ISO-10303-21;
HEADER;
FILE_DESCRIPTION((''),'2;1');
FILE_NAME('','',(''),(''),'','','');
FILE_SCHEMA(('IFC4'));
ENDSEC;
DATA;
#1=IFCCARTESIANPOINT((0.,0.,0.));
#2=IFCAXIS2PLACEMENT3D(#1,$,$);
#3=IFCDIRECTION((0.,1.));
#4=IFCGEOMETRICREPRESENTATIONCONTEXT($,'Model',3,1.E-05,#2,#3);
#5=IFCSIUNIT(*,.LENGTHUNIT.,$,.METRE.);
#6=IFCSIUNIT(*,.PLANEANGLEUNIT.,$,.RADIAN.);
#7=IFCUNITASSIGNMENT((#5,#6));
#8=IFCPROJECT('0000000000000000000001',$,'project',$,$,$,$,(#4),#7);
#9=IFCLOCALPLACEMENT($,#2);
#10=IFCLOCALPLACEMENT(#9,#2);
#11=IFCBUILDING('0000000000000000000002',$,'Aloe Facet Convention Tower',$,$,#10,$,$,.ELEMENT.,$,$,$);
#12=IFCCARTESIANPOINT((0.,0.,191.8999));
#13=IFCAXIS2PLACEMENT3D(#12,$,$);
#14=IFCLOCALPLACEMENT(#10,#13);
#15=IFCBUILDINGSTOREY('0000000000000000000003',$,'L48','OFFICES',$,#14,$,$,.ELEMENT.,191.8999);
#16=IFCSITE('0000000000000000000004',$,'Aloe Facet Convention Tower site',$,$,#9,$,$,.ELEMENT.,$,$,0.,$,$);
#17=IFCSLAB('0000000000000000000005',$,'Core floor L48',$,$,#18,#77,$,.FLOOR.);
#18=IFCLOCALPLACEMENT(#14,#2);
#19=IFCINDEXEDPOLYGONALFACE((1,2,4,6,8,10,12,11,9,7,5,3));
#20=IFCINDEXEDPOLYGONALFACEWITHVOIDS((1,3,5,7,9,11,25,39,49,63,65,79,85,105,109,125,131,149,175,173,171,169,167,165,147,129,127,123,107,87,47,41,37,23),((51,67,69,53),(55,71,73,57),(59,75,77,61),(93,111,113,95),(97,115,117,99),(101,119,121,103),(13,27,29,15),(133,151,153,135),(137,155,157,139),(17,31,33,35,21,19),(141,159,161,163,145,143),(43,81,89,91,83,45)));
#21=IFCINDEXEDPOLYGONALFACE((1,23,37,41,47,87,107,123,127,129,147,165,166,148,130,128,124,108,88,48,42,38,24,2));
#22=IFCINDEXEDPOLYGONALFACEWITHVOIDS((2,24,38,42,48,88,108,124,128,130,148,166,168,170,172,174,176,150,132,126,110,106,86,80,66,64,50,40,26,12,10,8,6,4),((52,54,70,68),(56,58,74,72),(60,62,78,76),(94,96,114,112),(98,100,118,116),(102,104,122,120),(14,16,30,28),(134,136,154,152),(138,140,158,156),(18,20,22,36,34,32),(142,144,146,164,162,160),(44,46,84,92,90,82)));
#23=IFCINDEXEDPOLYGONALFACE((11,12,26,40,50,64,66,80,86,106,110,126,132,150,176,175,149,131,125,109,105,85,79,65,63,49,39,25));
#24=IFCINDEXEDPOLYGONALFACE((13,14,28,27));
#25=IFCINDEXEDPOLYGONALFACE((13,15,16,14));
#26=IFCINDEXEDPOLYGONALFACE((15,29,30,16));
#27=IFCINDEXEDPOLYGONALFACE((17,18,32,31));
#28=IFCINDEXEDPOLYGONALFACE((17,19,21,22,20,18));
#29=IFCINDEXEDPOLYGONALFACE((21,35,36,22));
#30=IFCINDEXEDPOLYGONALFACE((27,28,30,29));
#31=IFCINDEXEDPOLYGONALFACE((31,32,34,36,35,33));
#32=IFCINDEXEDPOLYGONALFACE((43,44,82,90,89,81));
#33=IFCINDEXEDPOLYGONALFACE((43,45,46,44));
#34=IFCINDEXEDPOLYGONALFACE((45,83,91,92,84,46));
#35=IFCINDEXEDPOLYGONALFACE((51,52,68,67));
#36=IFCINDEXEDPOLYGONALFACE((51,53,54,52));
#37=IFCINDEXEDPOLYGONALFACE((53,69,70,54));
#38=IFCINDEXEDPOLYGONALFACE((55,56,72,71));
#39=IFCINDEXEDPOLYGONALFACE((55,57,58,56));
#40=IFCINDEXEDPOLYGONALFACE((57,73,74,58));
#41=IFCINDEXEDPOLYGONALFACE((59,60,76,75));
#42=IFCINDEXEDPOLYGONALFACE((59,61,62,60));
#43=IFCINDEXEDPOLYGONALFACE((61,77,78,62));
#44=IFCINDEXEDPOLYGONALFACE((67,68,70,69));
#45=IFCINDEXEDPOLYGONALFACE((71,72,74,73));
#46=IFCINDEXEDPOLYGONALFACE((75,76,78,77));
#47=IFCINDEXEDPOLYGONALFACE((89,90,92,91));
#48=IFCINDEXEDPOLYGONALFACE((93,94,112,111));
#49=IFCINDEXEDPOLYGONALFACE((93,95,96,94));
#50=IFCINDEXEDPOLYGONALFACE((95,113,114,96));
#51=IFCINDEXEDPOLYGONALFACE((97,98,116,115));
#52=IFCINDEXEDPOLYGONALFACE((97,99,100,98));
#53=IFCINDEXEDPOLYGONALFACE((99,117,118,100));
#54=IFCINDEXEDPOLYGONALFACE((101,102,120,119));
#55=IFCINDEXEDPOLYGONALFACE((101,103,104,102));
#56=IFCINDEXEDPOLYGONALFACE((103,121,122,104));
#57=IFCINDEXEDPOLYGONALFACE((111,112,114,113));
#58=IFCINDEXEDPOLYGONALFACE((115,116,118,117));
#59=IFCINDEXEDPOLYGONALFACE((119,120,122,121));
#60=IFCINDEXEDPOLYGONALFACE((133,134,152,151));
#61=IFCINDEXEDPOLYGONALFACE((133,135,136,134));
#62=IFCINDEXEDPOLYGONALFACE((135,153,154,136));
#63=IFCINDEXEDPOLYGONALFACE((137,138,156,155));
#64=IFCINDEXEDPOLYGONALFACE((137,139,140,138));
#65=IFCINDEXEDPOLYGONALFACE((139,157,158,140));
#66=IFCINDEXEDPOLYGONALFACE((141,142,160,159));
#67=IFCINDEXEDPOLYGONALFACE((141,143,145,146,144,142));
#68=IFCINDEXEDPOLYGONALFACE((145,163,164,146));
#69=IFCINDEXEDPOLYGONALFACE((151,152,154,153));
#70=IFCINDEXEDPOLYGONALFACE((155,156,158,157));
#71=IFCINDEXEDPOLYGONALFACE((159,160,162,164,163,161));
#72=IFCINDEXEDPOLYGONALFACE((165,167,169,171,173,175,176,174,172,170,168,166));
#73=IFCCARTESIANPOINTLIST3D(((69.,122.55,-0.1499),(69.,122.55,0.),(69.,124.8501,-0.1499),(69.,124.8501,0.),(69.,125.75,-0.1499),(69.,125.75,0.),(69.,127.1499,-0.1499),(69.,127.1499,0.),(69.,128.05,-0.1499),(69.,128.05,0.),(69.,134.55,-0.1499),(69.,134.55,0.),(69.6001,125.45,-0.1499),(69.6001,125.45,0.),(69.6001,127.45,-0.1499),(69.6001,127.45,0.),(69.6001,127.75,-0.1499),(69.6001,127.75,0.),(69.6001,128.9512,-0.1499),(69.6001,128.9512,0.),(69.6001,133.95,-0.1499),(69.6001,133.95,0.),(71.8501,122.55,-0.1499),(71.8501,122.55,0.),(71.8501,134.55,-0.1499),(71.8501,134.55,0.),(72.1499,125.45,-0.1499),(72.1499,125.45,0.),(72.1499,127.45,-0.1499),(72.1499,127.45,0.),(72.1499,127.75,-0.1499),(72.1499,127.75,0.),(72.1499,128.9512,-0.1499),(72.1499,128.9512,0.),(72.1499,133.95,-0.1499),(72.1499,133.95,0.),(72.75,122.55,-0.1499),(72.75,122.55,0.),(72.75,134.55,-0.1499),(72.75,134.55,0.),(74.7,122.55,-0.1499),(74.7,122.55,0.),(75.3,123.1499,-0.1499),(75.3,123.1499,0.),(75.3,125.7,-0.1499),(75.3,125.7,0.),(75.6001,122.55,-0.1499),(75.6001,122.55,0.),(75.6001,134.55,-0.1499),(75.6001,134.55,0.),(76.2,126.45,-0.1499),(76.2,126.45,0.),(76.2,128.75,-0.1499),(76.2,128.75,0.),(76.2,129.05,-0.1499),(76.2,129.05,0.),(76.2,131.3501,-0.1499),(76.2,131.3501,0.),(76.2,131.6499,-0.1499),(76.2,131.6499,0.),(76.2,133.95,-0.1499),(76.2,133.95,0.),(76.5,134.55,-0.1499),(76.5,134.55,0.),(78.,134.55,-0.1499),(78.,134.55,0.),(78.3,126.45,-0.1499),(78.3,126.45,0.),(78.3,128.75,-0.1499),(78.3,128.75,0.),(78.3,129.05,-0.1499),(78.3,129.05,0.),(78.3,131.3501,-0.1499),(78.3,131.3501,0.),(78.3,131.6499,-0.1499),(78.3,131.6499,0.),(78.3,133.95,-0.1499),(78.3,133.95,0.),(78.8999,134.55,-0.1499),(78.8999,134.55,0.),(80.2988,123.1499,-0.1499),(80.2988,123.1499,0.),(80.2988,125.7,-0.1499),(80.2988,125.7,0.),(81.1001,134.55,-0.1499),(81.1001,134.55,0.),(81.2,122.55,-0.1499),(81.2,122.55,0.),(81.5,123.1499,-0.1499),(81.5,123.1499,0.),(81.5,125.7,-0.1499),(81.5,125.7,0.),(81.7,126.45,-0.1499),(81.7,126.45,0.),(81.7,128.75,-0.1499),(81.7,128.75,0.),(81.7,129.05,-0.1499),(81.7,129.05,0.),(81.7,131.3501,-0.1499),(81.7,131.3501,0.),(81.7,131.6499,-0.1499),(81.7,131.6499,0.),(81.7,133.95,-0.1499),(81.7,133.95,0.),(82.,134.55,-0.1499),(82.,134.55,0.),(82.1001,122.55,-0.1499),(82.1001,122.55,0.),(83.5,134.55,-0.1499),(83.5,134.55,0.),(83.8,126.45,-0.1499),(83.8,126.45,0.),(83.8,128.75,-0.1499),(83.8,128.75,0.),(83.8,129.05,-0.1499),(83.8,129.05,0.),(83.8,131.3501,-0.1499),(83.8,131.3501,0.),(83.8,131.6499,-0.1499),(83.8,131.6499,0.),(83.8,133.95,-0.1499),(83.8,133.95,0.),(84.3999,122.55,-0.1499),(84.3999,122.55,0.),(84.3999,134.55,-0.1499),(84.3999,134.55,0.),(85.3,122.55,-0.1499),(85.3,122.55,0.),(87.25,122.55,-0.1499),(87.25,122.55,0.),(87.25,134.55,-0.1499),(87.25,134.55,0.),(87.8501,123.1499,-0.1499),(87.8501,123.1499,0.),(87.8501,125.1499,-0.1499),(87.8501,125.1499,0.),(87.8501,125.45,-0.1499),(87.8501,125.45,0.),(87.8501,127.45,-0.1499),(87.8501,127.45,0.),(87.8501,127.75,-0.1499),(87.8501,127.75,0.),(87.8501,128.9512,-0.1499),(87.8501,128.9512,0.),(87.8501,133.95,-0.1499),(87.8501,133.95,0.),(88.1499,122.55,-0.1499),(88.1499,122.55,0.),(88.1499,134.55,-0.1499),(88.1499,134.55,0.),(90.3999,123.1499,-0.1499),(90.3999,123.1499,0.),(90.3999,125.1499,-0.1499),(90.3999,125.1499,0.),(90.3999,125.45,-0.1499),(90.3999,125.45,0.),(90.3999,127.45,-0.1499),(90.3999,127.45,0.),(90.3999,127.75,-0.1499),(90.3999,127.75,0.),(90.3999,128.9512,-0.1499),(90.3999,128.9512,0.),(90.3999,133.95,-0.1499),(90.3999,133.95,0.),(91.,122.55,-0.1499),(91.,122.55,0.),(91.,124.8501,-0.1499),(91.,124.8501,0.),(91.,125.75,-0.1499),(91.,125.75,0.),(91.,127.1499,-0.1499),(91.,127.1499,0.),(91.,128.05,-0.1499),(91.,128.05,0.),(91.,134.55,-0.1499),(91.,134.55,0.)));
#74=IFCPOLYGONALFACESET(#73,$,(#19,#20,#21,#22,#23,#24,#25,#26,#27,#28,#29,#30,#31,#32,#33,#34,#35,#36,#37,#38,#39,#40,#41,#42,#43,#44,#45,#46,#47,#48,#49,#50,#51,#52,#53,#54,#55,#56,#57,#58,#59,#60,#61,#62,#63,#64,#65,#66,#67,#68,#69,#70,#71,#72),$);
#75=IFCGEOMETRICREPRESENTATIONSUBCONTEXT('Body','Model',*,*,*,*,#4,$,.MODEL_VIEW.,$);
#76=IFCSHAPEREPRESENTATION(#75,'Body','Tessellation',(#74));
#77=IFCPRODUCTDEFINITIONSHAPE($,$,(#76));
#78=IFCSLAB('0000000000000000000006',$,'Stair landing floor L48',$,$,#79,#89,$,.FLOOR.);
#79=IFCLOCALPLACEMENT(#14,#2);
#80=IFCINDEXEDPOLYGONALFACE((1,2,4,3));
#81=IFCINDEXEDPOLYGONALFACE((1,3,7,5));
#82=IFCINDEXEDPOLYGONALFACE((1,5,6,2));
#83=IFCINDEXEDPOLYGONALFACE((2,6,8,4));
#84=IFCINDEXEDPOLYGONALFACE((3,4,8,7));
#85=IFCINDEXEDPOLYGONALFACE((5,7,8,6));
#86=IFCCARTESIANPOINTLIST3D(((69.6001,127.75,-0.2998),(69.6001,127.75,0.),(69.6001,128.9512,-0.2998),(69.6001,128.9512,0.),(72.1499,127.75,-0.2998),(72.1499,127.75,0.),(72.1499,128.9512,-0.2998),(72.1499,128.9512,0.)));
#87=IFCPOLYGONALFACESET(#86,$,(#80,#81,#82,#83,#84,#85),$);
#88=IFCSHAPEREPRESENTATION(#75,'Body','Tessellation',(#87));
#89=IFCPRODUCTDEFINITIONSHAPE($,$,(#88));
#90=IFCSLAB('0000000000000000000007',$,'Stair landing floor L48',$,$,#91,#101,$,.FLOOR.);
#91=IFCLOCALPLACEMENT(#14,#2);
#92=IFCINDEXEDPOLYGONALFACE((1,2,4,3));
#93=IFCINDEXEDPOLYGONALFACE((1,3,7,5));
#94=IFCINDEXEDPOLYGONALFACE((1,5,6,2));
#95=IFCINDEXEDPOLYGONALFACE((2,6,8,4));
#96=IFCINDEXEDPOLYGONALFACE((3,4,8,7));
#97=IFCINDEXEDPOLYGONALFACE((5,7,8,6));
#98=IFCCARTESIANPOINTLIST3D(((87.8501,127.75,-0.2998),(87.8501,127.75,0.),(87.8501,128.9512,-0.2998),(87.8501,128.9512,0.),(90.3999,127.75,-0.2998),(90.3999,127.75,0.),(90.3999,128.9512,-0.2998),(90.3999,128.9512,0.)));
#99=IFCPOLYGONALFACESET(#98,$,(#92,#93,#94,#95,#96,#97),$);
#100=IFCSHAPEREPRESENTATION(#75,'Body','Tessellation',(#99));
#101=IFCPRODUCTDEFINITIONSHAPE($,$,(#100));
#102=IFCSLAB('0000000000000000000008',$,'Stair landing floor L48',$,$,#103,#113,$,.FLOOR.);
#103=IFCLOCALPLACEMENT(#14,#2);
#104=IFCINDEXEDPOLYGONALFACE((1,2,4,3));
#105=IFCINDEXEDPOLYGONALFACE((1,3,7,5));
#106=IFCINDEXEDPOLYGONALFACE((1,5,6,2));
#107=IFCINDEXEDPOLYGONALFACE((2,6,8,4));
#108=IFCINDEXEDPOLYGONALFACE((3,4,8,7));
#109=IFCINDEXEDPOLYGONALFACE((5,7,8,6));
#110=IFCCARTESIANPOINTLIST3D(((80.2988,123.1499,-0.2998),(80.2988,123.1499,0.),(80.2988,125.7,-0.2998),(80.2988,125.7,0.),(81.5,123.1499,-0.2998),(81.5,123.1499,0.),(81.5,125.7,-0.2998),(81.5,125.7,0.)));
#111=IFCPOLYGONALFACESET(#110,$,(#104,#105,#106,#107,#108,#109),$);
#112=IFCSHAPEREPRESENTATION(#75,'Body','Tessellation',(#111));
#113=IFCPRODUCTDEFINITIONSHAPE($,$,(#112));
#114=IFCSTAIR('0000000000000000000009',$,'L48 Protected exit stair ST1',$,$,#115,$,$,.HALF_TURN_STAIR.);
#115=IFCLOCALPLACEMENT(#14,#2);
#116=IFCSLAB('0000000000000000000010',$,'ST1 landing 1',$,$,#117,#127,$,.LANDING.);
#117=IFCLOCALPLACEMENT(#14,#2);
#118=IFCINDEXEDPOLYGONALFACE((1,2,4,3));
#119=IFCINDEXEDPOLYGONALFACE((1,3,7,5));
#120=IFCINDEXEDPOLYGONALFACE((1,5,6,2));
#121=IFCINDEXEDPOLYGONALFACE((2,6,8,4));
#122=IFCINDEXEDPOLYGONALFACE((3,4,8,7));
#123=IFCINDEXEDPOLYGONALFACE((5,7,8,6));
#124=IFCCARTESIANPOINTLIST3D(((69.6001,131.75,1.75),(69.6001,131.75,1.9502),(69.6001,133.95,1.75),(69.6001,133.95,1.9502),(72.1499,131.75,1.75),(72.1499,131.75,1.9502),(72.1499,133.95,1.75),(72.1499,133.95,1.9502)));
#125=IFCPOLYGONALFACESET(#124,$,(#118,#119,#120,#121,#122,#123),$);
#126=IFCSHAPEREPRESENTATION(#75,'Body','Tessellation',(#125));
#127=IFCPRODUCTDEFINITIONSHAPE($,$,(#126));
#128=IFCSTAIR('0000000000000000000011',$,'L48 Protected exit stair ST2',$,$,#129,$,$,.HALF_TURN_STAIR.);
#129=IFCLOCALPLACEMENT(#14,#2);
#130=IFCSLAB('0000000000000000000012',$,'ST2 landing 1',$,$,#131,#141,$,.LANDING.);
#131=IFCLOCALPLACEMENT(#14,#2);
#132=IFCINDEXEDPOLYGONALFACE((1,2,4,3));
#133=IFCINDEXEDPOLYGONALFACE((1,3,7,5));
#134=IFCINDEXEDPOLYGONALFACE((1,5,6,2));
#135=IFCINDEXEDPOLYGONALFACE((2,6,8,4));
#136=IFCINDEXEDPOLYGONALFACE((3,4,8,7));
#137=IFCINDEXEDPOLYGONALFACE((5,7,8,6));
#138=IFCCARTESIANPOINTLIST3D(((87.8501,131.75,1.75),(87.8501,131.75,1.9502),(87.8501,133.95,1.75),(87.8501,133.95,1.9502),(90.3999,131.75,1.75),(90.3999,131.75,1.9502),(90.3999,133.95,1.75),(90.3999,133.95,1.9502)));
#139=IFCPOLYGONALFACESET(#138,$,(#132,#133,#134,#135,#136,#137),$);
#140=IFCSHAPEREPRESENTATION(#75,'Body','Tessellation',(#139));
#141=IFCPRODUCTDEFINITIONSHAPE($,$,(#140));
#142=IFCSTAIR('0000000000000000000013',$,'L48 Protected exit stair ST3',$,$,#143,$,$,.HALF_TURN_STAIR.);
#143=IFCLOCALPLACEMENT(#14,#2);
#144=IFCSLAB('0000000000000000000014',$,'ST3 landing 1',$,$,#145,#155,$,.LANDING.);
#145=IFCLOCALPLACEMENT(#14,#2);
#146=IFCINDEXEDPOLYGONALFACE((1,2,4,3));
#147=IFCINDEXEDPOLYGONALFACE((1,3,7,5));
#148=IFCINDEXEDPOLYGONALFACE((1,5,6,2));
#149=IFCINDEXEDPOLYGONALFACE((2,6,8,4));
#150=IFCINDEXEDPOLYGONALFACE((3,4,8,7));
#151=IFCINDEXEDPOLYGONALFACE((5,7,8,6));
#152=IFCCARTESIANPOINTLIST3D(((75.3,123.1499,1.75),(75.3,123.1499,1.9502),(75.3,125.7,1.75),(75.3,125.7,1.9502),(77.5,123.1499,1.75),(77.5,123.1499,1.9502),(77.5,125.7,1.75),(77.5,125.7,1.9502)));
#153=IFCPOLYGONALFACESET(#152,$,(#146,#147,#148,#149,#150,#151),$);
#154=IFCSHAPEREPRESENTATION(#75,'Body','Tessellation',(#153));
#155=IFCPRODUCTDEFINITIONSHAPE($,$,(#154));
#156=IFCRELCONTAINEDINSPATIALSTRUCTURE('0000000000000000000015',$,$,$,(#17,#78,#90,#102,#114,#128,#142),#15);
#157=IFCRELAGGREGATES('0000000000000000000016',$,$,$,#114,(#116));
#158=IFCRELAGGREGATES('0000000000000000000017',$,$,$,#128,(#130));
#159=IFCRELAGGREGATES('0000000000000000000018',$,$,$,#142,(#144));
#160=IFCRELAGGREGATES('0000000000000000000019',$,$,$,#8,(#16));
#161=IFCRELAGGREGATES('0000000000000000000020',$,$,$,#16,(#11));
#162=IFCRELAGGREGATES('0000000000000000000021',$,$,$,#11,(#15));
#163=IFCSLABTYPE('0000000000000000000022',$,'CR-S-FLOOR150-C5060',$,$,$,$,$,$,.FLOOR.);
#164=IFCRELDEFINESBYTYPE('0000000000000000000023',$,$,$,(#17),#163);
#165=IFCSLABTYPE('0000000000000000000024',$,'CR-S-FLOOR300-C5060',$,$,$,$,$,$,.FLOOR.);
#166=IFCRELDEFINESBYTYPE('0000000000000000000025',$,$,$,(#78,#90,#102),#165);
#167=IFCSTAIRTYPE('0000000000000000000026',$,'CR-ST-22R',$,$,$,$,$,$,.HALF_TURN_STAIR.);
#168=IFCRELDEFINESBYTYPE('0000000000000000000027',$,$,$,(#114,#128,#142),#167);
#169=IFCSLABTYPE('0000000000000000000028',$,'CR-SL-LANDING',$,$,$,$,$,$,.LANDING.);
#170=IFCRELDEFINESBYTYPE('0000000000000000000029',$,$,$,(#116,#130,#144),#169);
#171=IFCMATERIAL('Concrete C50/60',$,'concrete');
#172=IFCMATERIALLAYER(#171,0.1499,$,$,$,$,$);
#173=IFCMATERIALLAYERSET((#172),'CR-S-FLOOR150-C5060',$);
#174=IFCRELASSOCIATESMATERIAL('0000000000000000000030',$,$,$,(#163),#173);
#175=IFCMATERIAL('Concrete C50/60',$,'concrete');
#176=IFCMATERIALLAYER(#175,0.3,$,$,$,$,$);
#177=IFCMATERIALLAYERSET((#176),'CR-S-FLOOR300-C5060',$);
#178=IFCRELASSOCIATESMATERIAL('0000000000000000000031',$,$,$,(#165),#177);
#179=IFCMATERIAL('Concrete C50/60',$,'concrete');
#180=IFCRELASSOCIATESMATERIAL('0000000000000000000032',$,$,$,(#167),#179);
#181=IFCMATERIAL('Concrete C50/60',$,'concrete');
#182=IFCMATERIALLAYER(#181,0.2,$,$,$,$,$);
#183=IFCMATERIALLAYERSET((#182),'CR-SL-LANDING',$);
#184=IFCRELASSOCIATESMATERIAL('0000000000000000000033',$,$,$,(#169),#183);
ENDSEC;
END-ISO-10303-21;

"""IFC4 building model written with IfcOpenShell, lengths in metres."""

from ifc_helpers import new_model, si_unit, direction, frame, origin, place, context, subcontext, project, spatial, polyline, outline, extrude, material, layer, layer_set, type_object, element, aggregate, save


model = new_model("IFC4")

# Units and contexts
model_context = context("Model", 3, precision=1e-05, world=origin(), true_north=direction((0.0, 1.0)))
body_context = subcontext(model_context, "Body", "Model", "MODEL_VIEW")
ifc_project = project(units=[si_unit("LENGTHUNIT", "METRE"), si_unit("PLANEANGLEUNIT", "RADIAN")], contexts=[model_context])

# Site, building, storey
site_placement = place(None, origin())
site = spatial("IfcSite", under=ifc_project, at=site_placement, Name="Aloe Facet Convention Tower site", CompositionType="ELEMENT", RefElevation=0.0)
building_placement = place(site_placement, origin())
building = spatial("IfcBuilding", under=site, at=building_placement, Name="Aloe Facet Convention Tower", CompositionType="ELEMENT")
storey_placement = place(building_placement, frame((0.0, 0.0, 191.8999)))
storey = spatial("IfcBuildingStorey", under=building, at=storey_placement, Name="L48", Description="OFFICES", CompositionType="ELEMENT", Elevation=191.8999)

# Slabs
ifc_material_1 = material(Name="Concrete C50/60", Category="concrete")
ifc_layer_1 = layer(ifc_material_1, 0.1499)
ifc_layer_set_1 = layer_set([ifc_layer_1], Name="CR-S-FLOOR150-C5060")
slab_type_1 = type_object("IfcSlabType", Name="CR-S-FLOOR150-C5060", PredefinedType="FLOOR", material=ifc_layer_set_1)
slab_1_placement = place(storey_placement, frame((0.0, 0.0, -0.1499)))
element("IfcSlab", 1, at=slab_1_placement, inside=storey, type_object=slab_type_1, Name="Core floor L48", PredefinedType="FLOOR", context=body_context, shape_type="SweptSolid", body=[
    extrude(outline(polyline([(71.8501, 134.55), (72.75, 134.55), (75.6001, 134.55), (76.5, 134.55), (78.0, 134.55), (78.8999, 134.55), (81.1001, 134.55), (82.0, 134.55), (83.5, 134.55), (84.3999, 134.55), (87.25, 134.55), (88.1499, 134.55), (91.0, 134.55), (91.0, 128.05), (91.0, 127.1499), (91.0, 125.75), (91.0, 124.8501), (91.0, 122.55), (88.1499, 122.55), (87.25, 122.55), (85.3, 122.55), (84.3999, 122.55), (82.1001, 122.55), (81.2, 122.55), (75.6001, 122.55), (74.7, 122.55), (72.75, 122.55), (71.8501, 122.55), (69.0, 122.55), (69.0, 124.8501), (69.0, 125.75), (69.0, 127.1499), (69.0, 128.05), (69.0, 134.55), (71.8501, 134.55)]), holes=[polyline([(80.2988, 123.1499), (81.5, 123.1499), (81.5, 125.7), (80.2988, 125.7), (75.3, 125.7), (75.3, 123.1499), (80.2988, 123.1499)]), polyline([(69.6001, 125.45), (72.1499, 125.45), (72.1499, 127.45), (69.6001, 127.45), (69.6001, 125.45)]), polyline([(76.2, 126.45), (78.3, 126.45), (78.3, 128.75), (76.2, 128.75), (76.2, 126.45)]), polyline([(78.3, 129.05), (78.3, 131.3501), (76.2, 131.3501), (76.2, 129.05), (78.3, 129.05)]), polyline([(69.6001, 133.95), (69.6001, 128.9512), (69.6001, 127.75), (72.1499, 127.75), (72.1499, 128.9512), (72.1499, 133.95), (69.6001, 133.95)]), polyline([(76.2, 131.6499), (78.3, 131.6499), (78.3, 133.95), (76.2, 133.95), (76.2, 131.6499)]), polyline([(90.3999, 123.1499), (90.3999, 125.1499), (87.8501, 125.1499), (87.8501, 123.1499), (90.3999, 123.1499)]), polyline([(87.8501, 125.45), (90.3999, 125.45), (90.3999, 127.45), (87.8501, 127.45), (87.8501, 125.45)]), polyline([(81.7, 126.45), (83.8, 126.45), (83.8, 128.75), (81.7, 128.75), (81.7, 126.45)]), polyline([(83.8, 129.05), (83.8, 131.3501), (81.7, 131.3501), (81.7, 129.05), (83.8, 129.05)]), polyline([(87.8501, 133.95), (87.8501, 128.9512), (87.8501, 127.75), (90.3999, 127.75), (90.3999, 128.9512), (90.3999, 133.95), (87.8501, 133.95)]), polyline([(81.7, 131.6499), (83.8, 131.6499), (83.8, 133.95), (81.7, 133.95), (81.7, 131.6499)])]), origin(), (0.0, 0.0, 1.0), 0.1499),
])
ifc_material_2 = material(Name="Concrete C50/60", Category="concrete")
ifc_layer_2 = layer(ifc_material_2, 0.3)
ifc_layer_set_2 = layer_set([ifc_layer_2], Name="CR-S-FLOOR300-C5060")
slab_type_2 = type_object("IfcSlabType", Name="CR-S-FLOOR300-C5060", PredefinedType="FLOOR", material=ifc_layer_set_2)
slab_2_placement = place(storey_placement, frame((0.0, 0.0, -0.2998)))
element("IfcSlab", 2, at=slab_2_placement, inside=storey, type_object=slab_type_2, Name="Stair landing floor L48", PredefinedType="FLOOR", context=body_context, shape_type="SweptSolid", body=[
    extrude(outline(polyline([(72.1499, 127.75), (72.1499, 128.9512), (69.6001, 128.9512), (69.6001, 127.75), (72.1499, 127.75)])), origin(), (0.0, 0.0, 1.0), 0.2998),
])
slab_3_placement = place(storey_placement, frame((0.0, 0.0, -0.2998)))
element("IfcSlab", 3, at=slab_3_placement, inside=storey, type_object=slab_type_2, Name="Stair landing floor L48", PredefinedType="FLOOR", context=body_context, shape_type="SweptSolid", body=[
    extrude(outline(polyline([(90.3999, 127.75), (90.3999, 128.9512), (87.8501, 128.9512), (87.8501, 127.75), (90.3999, 127.75)])), origin(), (0.0, 0.0, 1.0), 0.2998),
])
slab_4_placement = place(storey_placement, frame((0.0, 0.0, -0.2998)))
element("IfcSlab", 4, at=slab_4_placement, inside=storey, type_object=slab_type_2, Name="Stair landing floor L48", PredefinedType="FLOOR", context=body_context, shape_type="SweptSolid", body=[
    extrude(outline(polyline([(81.5, 125.7), (80.2988, 125.7), (80.2988, 123.1499), (81.5, 123.1499), (81.5, 125.7)])), origin(), (0.0, 0.0, 1.0), 0.2998),
])

# Stairs, slabs
ifc_material_3 = material(Name="Concrete C50/60", Category="concrete")
stair_type = type_object("IfcStairType", Name="CR-ST-22R", PredefinedType="HALF_TURN_STAIR", material=ifc_material_3)
stair_1_placement = place(storey_placement, origin())
stair_1 = element("IfcStair", 5, at=stair_1_placement, inside=storey, type_object=stair_type, Name="L48 Protected exit stair ST1", PredefinedType="HALF_TURN_STAIR")
ifc_material_4 = material(Name="Concrete C50/60", Category="concrete")
ifc_layer_3 = layer(ifc_material_4, 0.2)
ifc_layer_set_3 = layer_set([ifc_layer_3], Name="CR-SL-LANDING")
slab_type_3 = type_object("IfcSlabType", Name="CR-SL-LANDING", PredefinedType="LANDING", material=ifc_layer_set_3)
slab_5_placement = place(storey_placement, frame((0.0, 0.0, 1.75)))
slab_5 = element("IfcSlab", 6, at=slab_5_placement, type_object=slab_type_3, Name="ST1 landing 1", PredefinedType="LANDING", context=body_context, shape_type="SweptSolid", body=[
    extrude(outline(polyline([(72.1499, 131.75), (72.1499, 133.95), (69.6001, 133.95), (69.6001, 131.75), (72.1499, 131.75)])), origin(), (0.0, 0.0, 1.0), 0.2002),
])
aggregate(stair_1, [slab_5])
stair_2_placement = place(storey_placement, origin())
stair_2 = element("IfcStair", 7, at=stair_2_placement, inside=storey, type_object=stair_type, Name="L48 Protected exit stair ST2", PredefinedType="HALF_TURN_STAIR")
slab_6_placement = place(storey_placement, frame((0.0, 0.0, 1.75)))
slab_6 = element("IfcSlab", 8, at=slab_6_placement, type_object=slab_type_3, Name="ST2 landing 1", PredefinedType="LANDING", context=body_context, shape_type="SweptSolid", body=[
    extrude(outline(polyline([(90.3999, 131.75), (90.3999, 133.95), (87.8501, 133.95), (87.8501, 131.75), (90.3999, 131.75)])), origin(), (0.0, 0.0, 1.0), 0.2002),
])
aggregate(stair_2, [slab_6])
stair_3_placement = place(storey_placement, origin())
stair_3 = element("IfcStair", 9, at=stair_3_placement, inside=storey, type_object=stair_type, Name="L48 Protected exit stair ST3", PredefinedType="HALF_TURN_STAIR")
slab_7_placement = place(storey_placement, frame((0.0, 0.0, 1.75)))
slab_7 = element("IfcSlab", 10, at=slab_7_placement, type_object=slab_type_3, Name="ST3 landing 1", PredefinedType="LANDING", context=body_context, shape_type="SweptSolid", body=[
    extrude(outline(polyline([(77.5, 125.7), (75.3, 125.7), (75.3, 123.1499), (77.5, 123.1499), (77.5, 125.7)])), origin(), (0.0, 0.0, 1.0), 0.2002),
])
aggregate(stair_3, [slab_7])

save(model, "model.ifc")
